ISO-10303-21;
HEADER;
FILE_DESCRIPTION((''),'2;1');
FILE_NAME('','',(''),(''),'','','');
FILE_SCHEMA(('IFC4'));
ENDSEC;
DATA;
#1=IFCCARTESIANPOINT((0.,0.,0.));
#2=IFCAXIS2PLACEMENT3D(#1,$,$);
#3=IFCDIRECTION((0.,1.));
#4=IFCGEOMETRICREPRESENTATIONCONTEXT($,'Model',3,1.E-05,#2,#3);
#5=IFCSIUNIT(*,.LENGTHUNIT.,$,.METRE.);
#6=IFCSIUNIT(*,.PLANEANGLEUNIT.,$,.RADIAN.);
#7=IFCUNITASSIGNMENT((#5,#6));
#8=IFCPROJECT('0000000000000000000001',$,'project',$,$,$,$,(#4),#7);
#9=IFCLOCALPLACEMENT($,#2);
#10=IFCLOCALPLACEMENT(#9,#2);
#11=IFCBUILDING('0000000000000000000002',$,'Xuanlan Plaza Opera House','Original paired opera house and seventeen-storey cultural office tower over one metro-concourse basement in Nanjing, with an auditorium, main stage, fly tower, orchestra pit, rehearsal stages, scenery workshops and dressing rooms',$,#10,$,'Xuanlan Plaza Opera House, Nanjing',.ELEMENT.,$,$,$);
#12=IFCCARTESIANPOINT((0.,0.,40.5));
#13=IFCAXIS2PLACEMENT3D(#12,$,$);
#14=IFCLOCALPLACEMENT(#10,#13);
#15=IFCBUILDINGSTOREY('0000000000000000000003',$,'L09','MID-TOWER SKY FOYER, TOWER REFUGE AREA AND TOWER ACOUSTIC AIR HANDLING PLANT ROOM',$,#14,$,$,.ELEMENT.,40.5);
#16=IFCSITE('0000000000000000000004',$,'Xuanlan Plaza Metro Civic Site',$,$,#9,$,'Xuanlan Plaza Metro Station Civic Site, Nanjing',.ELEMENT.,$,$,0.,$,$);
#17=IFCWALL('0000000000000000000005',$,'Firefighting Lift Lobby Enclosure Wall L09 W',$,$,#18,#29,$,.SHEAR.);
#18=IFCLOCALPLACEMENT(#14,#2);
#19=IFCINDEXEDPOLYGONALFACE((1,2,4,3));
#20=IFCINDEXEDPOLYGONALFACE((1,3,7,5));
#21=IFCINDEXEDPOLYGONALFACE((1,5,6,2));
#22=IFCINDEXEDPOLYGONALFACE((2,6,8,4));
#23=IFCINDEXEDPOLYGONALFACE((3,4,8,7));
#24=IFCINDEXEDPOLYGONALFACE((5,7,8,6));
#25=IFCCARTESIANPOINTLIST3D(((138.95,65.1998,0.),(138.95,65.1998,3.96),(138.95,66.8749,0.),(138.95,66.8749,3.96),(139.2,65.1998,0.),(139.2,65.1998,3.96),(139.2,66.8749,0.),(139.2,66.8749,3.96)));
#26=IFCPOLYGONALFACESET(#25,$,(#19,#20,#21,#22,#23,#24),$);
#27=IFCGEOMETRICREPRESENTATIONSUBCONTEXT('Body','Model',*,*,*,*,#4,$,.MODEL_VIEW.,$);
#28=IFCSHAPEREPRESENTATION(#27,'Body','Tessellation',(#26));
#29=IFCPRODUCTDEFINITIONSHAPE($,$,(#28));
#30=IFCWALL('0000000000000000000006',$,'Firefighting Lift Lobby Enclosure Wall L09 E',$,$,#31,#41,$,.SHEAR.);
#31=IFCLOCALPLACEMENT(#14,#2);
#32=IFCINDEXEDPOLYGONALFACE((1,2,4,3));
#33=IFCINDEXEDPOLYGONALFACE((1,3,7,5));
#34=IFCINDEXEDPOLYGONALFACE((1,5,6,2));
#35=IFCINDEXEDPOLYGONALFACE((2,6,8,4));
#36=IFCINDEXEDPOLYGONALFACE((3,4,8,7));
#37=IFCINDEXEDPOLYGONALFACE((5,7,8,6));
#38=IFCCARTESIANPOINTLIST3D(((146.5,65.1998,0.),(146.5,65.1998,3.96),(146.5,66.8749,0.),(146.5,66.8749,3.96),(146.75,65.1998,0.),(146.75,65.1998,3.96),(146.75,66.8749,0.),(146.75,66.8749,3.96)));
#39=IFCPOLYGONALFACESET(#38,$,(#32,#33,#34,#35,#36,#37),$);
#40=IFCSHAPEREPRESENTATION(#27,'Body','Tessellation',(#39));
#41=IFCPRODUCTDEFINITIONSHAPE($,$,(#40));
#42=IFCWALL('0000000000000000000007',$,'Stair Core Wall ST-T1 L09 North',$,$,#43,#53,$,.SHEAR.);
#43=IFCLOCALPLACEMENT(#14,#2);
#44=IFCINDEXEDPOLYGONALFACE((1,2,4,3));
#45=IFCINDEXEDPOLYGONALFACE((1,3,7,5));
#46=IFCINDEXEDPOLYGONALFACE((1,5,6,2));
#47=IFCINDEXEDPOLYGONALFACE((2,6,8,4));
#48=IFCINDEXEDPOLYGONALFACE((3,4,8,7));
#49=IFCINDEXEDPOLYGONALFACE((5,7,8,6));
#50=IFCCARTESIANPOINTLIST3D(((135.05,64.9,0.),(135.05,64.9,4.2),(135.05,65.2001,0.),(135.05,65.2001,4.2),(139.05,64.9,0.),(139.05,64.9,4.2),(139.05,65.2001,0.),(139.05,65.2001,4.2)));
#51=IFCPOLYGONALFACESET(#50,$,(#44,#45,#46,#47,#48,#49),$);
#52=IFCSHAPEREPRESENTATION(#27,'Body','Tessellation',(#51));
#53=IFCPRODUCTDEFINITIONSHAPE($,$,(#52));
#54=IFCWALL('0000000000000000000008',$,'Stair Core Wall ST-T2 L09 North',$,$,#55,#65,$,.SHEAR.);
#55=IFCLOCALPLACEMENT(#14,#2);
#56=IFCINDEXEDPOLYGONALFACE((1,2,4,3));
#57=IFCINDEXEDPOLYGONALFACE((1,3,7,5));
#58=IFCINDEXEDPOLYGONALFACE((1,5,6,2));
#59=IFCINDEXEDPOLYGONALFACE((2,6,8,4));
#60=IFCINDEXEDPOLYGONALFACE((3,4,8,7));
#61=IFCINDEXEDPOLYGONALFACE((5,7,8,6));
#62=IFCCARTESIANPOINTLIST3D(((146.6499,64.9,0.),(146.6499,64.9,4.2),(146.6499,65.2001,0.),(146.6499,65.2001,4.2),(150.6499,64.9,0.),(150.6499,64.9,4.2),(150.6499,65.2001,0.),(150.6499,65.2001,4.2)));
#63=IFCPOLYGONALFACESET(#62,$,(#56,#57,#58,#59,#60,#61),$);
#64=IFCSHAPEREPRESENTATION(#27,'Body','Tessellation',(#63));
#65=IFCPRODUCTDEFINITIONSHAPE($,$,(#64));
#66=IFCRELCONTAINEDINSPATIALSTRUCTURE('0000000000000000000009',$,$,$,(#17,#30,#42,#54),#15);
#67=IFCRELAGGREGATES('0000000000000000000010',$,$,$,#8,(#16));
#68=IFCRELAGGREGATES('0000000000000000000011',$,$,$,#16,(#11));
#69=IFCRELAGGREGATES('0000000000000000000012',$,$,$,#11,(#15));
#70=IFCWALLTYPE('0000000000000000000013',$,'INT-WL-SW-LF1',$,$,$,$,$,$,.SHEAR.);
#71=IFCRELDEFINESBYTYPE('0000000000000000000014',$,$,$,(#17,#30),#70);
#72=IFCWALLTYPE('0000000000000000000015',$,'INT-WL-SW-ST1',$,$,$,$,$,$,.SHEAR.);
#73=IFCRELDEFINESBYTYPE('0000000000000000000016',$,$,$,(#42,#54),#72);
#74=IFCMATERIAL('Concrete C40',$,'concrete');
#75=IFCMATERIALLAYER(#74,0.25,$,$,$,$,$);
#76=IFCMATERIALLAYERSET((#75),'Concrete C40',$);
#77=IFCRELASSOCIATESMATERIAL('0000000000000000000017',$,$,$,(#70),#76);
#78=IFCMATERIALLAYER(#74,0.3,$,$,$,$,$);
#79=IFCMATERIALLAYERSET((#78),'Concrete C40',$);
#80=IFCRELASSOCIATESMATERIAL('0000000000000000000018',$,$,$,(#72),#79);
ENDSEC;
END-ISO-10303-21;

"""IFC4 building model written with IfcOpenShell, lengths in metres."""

from ifc_helpers import new_model, si_unit, direction, frame, frame_2d, origin, place, context, subcontext, project, spatial, rectangle, extrude, material, layer, layer_set, type_object, element, save


model = new_model("IFC4")

# Units and contexts
model_context = context("Model", 3, precision=1e-05, world=origin(), true_north=direction((0.0, 1.0)))
body_context = subcontext(model_context, "Body", "Model", "MODEL_VIEW")
ifc_project = project(units=[si_unit("LENGTHUNIT", "METRE"), si_unit("PLANEANGLEUNIT", "RADIAN")], contexts=[model_context])

# Site, building, storey
site_placement = place(None, origin())
site = spatial("IfcSite", under=ifc_project, at=site_placement, Name="Xuanlan Plaza Metro Civic Site", LongName="Xuanlan Plaza Metro Station Civic Site, Nanjing", CompositionType="ELEMENT", RefElevation=0.0)
building_placement = place(site_placement, origin())
building = spatial("IfcBuilding", under=site, at=building_placement, Name="Xuanlan Plaza Opera House", Description="Original paired opera house and seventeen-storey cultural office tower over one metro-concourse basement in Nanjing, with an auditorium, main stage, fly tower, orchestra pit, rehearsal stages, scenery workshops and dressing rooms", LongName="Xuanlan Plaza Opera House, Nanjing", CompositionType="ELEMENT")
storey_placement = place(building_placement, frame((0.0, 0.0, 40.5)))
storey = spatial("IfcBuildingStorey", under=building, at=storey_placement, Name="L09", Description="MID-TOWER SKY FOYER, TOWER REFUGE AREA AND TOWER ACOUSTIC AIR HANDLING PLANT ROOM", CompositionType="ELEMENT", Elevation=40.5)

# Shared definitions
ifc_material_1 = material(Name="Concrete C40", Category="concrete")

# Shared definitions
ifc_layer_1 = layer(ifc_material_1, 0.25)
ifc_layer_set_1 = layer_set([ifc_layer_1], Name="Concrete C40")
wall_type_1 = type_object("IfcWallType", Name="INT-WL-SW-LF1", PredefinedType="SHEAR", material=ifc_layer_set_1)

# Walls
for number, where, z_axis, x_axis, name in (
    (1, (139.075, 65.2, 0.0), (0.0, 0.0, 1.0), (0.0, 1.0, 0.0), "Firefighting Lift Lobby Enclosure Wall L09 W"),
    (2, (146.625, 65.2, 0.0), (0.0, 0.0, 1.0), (0.0, 1.0, 0.0), "Firefighting Lift Lobby Enclosure Wall L09 E"),
):
    element("IfcWall", number, at=place(storey_placement, frame(where, z_axis=z_axis, x_axis=x_axis)), inside=storey, type_object=wall_type_1, Name=name, PredefinedType="SHEAR", context=body_context, shape_type="SweptSolid", body=[
        extrude(rectangle(XDim=1.675, YDim=0.25, at=frame_2d((0.8374, 0.0))), origin(), (0.0, 0.0, 1.0), 3.96),
    ])

# Walls
ifc_layer_2 = layer(ifc_material_1, 0.3)
ifc_layer_set_2 = layer_set([ifc_layer_2], Name="Concrete C40")
wall_type_2 = type_object("IfcWallType", Name="INT-WL-SW-ST1", PredefinedType="SHEAR", material=ifc_layer_set_2)
for number, where, z_axis, x_axis, name in (
    (3, (135.05, 65.05, 0.0), (0.0, 0.0, 1.0), (1.0, 0.0, 0.0), "Stair Core Wall ST-T1 L09 North"),
    (4, (146.6499, 65.05, 0.0), (0.0, 0.0, 1.0), (1.0, 0.0, 0.0), "Stair Core Wall ST-T2 L09 North"),
):
    element("IfcWall", number, at=place(storey_placement, frame(where, z_axis=z_axis, x_axis=x_axis)), inside=storey, type_object=wall_type_2, Name=name, PredefinedType="SHEAR", context=body_context, shape_type="SweptSolid", body=[
        extrude(rectangle(XDim=4.0, YDim=0.3, at=frame_2d((2.0, 0.0))), origin(), (0.0, 0.0, 1.0), 4.2),
    ])

save(model, "model.ifc")
